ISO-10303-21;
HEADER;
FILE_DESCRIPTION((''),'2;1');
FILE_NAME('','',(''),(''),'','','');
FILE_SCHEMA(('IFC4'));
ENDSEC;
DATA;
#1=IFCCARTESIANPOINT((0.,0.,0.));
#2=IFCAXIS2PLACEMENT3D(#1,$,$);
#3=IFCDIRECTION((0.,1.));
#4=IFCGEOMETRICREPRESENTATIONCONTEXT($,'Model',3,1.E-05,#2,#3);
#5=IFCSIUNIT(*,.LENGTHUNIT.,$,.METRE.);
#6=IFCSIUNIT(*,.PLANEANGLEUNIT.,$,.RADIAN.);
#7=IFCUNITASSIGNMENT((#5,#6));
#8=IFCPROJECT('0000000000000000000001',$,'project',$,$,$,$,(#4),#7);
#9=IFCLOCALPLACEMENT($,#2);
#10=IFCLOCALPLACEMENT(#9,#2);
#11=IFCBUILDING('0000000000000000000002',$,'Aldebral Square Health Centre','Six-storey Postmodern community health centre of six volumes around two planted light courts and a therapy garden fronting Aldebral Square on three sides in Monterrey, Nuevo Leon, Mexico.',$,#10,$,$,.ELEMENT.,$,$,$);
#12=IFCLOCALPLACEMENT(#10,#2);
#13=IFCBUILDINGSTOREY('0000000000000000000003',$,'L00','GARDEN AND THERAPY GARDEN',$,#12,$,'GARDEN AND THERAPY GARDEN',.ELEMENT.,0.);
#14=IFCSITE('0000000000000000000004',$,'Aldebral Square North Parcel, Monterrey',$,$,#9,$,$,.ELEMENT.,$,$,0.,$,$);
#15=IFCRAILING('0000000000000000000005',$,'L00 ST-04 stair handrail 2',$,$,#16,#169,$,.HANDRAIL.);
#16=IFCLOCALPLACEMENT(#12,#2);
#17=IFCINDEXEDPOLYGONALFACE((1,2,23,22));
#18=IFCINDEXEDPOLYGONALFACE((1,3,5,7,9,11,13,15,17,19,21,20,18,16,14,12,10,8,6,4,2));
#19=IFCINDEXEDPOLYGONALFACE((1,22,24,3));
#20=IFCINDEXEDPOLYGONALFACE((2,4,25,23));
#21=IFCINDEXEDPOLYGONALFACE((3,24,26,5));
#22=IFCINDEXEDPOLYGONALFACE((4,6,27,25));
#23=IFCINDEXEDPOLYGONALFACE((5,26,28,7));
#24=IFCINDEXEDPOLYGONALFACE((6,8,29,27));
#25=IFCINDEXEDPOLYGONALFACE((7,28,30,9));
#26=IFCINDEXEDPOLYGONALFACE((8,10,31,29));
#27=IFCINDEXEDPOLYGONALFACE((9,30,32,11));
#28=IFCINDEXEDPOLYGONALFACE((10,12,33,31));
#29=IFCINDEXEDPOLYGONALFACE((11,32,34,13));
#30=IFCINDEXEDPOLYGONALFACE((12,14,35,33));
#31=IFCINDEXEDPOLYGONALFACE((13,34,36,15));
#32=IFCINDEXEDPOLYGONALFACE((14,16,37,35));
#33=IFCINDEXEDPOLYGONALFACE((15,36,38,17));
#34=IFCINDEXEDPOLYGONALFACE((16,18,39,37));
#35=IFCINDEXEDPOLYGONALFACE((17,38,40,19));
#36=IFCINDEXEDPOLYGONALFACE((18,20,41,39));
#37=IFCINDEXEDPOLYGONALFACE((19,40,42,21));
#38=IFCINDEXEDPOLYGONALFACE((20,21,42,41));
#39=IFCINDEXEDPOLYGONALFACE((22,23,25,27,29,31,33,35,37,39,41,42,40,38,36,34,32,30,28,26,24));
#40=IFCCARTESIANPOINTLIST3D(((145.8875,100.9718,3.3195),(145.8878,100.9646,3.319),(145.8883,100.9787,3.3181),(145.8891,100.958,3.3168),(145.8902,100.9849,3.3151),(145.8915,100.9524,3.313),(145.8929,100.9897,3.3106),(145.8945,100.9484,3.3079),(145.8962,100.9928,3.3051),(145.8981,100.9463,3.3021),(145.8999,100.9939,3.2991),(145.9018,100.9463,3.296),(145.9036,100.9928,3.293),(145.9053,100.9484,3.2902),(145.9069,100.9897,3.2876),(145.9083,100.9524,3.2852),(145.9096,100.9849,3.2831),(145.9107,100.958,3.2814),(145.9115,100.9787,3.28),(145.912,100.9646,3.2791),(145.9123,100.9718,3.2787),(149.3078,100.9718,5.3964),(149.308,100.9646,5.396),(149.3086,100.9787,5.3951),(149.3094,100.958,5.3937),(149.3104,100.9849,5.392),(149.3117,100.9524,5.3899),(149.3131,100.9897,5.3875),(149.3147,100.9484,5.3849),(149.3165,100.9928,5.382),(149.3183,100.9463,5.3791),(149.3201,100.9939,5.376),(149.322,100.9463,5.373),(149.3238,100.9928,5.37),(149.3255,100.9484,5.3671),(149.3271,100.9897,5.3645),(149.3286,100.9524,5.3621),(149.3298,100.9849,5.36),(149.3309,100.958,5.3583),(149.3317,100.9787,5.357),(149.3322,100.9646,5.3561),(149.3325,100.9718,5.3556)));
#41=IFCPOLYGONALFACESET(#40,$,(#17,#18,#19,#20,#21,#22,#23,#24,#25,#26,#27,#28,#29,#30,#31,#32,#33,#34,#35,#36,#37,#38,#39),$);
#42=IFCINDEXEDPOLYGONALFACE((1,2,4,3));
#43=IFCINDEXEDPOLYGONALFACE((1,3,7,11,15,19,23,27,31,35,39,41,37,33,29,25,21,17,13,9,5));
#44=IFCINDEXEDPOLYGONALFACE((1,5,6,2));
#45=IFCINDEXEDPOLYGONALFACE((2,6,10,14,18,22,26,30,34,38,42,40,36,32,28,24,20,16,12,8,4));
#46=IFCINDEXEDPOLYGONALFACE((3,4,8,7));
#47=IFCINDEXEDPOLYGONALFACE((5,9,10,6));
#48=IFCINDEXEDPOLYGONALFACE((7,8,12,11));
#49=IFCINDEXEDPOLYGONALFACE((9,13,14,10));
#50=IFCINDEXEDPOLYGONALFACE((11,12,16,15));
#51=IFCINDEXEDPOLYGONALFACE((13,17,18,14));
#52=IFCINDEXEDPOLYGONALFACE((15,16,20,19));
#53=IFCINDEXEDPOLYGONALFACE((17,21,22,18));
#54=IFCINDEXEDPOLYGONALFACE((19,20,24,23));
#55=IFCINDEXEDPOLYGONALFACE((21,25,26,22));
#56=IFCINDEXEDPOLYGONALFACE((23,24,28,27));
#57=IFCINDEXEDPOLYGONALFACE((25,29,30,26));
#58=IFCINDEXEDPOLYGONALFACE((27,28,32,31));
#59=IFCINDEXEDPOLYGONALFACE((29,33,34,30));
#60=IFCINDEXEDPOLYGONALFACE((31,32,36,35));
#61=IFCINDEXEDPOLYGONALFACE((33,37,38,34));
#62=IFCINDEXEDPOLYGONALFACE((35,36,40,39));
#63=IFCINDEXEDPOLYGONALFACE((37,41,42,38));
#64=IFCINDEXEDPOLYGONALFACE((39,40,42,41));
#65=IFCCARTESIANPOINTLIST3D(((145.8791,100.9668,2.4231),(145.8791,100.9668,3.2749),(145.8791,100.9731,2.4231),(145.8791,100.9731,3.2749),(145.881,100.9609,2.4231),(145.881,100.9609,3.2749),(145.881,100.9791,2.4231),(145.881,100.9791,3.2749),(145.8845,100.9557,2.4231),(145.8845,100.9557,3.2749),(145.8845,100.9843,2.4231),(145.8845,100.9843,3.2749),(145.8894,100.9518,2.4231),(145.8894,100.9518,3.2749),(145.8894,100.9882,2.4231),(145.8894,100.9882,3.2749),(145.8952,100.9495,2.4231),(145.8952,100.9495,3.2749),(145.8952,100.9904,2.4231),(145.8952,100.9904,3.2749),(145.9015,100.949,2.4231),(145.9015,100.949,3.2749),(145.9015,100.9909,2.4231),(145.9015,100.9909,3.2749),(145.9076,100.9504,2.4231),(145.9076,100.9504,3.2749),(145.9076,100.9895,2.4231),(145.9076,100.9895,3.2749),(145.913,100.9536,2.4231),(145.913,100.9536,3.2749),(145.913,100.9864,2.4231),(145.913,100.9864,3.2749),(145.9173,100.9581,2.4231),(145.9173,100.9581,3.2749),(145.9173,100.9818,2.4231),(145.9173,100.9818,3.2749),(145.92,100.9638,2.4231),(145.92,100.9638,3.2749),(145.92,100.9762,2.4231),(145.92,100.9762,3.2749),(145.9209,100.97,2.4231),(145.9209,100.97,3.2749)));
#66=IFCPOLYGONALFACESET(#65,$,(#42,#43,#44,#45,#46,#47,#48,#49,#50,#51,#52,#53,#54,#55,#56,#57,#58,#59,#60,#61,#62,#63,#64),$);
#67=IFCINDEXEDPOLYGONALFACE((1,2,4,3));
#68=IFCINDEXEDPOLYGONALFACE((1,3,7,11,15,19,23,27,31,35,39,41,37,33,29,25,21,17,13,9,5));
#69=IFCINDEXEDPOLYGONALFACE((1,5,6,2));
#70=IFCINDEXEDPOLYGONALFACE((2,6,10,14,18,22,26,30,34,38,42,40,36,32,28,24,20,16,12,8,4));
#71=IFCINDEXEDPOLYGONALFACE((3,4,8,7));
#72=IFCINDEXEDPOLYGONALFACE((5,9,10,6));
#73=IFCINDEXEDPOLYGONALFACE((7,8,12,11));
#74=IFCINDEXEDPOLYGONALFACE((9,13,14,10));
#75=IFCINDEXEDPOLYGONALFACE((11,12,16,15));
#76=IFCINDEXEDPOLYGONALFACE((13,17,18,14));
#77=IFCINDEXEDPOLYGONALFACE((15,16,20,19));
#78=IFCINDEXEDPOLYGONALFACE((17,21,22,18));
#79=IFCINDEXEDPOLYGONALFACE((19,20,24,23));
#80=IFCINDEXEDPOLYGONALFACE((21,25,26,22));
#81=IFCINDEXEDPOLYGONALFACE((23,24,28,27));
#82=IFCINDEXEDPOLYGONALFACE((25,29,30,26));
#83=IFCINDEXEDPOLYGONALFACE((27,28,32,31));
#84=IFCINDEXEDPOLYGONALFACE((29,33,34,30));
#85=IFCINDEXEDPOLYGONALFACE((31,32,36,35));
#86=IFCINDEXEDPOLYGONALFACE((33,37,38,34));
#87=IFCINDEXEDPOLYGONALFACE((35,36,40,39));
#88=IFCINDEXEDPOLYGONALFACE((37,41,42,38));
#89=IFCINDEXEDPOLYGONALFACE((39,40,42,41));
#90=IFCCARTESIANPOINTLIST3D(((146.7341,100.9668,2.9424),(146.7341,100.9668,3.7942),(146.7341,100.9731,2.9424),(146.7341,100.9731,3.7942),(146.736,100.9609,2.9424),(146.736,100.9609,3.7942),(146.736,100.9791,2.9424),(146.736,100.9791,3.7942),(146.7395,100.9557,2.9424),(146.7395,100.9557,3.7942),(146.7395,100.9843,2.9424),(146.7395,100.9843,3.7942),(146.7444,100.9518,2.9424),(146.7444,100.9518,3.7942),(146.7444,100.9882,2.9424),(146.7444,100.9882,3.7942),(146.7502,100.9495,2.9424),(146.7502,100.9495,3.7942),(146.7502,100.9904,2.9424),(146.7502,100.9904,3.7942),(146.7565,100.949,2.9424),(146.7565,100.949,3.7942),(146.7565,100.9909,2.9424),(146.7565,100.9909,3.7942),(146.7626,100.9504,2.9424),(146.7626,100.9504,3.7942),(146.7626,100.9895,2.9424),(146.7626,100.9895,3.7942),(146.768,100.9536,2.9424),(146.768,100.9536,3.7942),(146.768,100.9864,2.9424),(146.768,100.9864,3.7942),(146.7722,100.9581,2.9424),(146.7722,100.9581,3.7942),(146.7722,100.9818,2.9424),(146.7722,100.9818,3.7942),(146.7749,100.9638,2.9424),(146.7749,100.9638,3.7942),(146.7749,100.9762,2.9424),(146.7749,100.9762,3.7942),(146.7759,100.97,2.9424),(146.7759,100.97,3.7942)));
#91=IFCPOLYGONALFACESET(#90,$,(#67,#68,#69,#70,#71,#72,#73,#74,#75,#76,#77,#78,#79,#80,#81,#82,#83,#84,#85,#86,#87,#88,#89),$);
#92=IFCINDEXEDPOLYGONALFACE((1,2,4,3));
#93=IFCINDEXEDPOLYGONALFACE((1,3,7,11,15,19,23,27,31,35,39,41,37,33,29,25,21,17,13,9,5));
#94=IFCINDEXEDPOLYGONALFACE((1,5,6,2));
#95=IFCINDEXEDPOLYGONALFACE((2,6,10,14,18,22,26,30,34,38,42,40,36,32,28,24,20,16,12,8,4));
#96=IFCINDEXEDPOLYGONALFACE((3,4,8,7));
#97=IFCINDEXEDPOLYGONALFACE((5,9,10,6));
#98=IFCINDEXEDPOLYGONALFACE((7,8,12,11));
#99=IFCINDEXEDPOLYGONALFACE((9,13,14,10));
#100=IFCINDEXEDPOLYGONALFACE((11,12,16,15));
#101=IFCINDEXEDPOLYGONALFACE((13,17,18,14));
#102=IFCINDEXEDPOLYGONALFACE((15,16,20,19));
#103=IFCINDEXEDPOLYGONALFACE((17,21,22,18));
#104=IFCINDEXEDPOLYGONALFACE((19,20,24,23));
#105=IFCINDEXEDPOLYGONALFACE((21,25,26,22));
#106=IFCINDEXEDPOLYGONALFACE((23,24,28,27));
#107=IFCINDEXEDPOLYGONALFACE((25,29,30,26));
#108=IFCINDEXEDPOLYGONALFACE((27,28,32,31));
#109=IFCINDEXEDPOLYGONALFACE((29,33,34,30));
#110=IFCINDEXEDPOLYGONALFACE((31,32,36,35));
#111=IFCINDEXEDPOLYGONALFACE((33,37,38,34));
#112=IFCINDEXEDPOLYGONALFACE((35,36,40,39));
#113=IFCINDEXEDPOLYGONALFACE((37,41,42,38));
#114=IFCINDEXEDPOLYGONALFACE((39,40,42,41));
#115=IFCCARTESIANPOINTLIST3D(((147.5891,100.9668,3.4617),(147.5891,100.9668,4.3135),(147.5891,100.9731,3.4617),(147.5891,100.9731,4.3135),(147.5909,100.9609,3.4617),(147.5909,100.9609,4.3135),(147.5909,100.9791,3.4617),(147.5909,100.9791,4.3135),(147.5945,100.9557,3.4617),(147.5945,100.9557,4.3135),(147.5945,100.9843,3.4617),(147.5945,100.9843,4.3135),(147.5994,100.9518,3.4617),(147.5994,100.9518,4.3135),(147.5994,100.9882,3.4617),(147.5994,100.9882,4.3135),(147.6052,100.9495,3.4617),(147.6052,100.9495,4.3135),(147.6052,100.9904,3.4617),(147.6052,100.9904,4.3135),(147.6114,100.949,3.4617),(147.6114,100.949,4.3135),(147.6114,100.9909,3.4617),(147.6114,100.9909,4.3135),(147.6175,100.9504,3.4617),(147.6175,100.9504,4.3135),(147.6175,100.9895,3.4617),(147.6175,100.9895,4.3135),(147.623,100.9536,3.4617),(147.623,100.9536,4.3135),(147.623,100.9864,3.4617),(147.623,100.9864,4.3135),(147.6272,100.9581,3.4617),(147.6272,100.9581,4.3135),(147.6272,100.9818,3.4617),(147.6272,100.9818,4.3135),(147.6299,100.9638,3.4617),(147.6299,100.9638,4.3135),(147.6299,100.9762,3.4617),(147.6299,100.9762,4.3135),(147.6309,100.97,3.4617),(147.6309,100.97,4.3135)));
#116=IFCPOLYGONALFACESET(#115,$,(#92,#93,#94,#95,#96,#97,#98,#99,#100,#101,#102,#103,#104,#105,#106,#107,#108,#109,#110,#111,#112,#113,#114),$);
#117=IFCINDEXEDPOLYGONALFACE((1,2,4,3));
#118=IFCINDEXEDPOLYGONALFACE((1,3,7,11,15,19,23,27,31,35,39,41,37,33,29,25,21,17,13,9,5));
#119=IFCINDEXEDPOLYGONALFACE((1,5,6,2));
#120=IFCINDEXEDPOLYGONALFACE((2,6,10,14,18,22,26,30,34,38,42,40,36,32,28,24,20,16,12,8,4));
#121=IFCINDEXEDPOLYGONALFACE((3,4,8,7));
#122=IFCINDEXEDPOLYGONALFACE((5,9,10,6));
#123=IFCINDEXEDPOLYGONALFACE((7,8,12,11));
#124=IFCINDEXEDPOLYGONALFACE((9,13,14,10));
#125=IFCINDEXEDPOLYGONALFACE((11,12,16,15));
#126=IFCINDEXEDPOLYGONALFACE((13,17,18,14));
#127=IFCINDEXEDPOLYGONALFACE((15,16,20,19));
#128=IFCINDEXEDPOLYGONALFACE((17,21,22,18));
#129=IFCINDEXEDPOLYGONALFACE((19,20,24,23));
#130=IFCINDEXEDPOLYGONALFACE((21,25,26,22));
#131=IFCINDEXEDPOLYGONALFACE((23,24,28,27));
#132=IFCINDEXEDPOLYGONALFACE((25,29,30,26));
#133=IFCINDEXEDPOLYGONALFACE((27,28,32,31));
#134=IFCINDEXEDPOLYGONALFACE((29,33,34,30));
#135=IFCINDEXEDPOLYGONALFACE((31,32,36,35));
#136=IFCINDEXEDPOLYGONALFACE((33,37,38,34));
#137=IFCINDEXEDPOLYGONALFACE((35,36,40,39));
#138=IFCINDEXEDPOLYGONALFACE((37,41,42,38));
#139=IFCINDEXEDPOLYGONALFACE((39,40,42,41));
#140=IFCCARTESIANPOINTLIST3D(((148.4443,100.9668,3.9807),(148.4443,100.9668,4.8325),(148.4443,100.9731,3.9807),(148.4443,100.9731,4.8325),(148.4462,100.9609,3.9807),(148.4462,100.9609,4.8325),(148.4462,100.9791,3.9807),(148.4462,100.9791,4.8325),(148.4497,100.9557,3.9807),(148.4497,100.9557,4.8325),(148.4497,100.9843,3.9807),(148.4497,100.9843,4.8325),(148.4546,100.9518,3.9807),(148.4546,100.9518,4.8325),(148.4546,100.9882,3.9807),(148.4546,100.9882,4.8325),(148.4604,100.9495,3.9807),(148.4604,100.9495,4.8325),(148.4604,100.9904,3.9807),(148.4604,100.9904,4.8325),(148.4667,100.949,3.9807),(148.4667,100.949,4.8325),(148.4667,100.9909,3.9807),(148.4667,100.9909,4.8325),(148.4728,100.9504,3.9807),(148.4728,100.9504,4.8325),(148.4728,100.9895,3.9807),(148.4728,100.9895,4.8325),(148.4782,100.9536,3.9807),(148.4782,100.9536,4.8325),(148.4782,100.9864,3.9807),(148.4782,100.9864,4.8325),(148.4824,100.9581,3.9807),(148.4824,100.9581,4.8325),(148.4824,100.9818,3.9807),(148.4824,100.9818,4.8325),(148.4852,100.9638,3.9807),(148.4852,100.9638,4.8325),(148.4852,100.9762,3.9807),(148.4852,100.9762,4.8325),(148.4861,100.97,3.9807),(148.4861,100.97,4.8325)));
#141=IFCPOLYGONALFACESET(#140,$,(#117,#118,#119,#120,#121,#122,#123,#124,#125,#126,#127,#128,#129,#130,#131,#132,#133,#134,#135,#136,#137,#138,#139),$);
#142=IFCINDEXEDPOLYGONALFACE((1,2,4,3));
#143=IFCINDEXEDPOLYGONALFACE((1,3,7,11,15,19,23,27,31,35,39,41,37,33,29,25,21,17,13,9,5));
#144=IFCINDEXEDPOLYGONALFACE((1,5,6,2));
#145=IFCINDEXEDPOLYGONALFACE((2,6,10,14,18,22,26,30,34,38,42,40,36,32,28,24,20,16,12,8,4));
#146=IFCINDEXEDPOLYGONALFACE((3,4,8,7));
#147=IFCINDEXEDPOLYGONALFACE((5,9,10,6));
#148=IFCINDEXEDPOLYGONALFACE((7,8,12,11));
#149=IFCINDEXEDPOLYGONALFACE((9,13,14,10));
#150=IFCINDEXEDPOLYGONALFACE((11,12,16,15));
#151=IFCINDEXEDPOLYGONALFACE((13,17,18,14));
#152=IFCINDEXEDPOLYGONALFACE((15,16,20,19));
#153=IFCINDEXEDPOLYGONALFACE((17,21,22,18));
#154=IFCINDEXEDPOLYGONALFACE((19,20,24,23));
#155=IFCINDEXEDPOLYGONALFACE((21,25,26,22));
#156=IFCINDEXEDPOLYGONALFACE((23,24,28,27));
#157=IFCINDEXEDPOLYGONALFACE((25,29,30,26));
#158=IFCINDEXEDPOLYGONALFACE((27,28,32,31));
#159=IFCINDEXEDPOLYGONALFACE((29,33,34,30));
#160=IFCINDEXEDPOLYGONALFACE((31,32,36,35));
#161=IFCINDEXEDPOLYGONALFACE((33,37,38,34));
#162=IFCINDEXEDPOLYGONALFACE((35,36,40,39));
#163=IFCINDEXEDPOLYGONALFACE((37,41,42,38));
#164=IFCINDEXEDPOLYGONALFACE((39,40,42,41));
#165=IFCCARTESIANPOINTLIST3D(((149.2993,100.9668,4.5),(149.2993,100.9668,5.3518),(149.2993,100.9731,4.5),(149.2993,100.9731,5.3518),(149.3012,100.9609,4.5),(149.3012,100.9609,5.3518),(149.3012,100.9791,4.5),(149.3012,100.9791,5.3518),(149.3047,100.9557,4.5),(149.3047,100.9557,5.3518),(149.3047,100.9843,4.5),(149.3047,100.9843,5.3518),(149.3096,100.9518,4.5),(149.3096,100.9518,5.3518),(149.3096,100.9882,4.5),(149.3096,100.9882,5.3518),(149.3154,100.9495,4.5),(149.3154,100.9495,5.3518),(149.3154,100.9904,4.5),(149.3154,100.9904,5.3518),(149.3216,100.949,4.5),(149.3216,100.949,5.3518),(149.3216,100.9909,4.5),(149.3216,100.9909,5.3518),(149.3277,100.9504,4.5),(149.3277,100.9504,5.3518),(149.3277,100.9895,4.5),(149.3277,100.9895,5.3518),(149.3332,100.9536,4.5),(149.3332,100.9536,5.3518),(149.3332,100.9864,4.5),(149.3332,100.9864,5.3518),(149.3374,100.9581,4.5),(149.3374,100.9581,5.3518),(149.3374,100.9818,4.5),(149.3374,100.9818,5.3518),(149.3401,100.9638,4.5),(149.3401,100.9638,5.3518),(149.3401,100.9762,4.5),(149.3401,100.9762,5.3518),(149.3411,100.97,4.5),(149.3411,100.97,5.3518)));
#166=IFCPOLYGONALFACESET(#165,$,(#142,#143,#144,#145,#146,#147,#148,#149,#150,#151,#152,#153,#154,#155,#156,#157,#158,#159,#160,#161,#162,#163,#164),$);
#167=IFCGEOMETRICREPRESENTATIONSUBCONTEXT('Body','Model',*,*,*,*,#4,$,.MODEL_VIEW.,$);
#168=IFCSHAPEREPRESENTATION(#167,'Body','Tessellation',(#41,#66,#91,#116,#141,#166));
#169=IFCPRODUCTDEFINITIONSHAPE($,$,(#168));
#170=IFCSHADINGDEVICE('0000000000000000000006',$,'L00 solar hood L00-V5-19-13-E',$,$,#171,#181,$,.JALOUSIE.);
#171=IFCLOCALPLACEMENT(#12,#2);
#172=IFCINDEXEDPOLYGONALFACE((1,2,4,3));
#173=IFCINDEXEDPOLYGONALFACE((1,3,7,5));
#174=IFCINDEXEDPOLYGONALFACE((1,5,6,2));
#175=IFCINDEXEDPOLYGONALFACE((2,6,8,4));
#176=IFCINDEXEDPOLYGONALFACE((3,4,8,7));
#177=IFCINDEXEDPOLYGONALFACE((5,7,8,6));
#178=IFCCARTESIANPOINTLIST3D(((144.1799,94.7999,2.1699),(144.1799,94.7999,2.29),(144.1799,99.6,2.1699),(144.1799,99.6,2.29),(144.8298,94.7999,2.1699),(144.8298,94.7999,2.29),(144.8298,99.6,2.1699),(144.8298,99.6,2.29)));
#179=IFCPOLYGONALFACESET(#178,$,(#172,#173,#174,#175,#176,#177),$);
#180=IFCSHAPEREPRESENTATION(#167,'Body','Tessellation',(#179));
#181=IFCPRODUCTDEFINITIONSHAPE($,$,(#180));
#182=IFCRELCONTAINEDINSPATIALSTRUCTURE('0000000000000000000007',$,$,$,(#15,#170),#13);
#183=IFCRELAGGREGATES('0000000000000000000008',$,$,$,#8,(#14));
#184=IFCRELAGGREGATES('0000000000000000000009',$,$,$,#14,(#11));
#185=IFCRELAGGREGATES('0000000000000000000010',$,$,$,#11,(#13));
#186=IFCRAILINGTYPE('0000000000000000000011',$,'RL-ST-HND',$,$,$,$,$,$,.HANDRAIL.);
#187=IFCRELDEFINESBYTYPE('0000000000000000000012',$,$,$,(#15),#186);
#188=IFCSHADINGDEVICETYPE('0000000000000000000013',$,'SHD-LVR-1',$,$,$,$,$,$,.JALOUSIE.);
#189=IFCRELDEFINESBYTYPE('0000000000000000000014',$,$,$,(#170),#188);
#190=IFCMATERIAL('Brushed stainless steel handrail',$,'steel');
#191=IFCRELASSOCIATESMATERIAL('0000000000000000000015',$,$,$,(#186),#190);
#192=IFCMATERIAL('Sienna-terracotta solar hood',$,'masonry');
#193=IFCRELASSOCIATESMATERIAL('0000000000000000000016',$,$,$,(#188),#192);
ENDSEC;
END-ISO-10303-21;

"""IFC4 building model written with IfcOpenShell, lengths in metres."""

from ifc_helpers import new_model, si_unit, direction, frame, origin, origin_2d, place, context, subcontext, project, spatial, rectangle, circle, extrude, material, type_object, element, save


model = new_model("IFC4")

# Units and contexts
model_context = context("Model", 3, precision=1e-05, world=origin(), true_north=direction((0.0, 1.0)))
body_context = subcontext(model_context, "Body", "Model", "MODEL_VIEW")
ifc_project = project(units=[si_unit("LENGTHUNIT", "METRE"), si_unit("PLANEANGLEUNIT", "RADIAN")], contexts=[model_context])

# Site, building, storey
site_placement = place(None, origin())
site = spatial("IfcSite", under=ifc_project, at=site_placement, Name="Aldebral Square North Parcel, Monterrey", CompositionType="ELEMENT", RefElevation=0.0)
building_placement = place(site_placement, origin())
building = spatial("IfcBuilding", under=site, at=building_placement, Name="Aldebral Square Health Centre", Description="Six-storey Postmodern community health centre of six volumes around two planted light courts and a therapy garden fronting Aldebral Square on three sides in Monterrey, Nuevo Leon, Mexico.", CompositionType="ELEMENT")
storey_placement = place(building_placement, origin())
storey = spatial("IfcBuildingStorey", under=building, at=storey_placement, Name="L00", Description="GARDEN AND THERAPY GARDEN", LongName="GARDEN AND THERAPY GARDEN", CompositionType="ELEMENT", Elevation=0.0)

# Railing
ifc_material_1 = material(Name="Brushed stainless steel handrail", Category="steel")
railing_type_1 = type_object("IfcRailingType", Name="RL-ST-HND", PredefinedType="HANDRAIL", material=ifc_material_1)
railing_1_placement = place(storey_placement, frame((145.8999, 100.97, 2.4231)))
element("IfcRailing", 1, at=railing_1_placement, inside=storey, type_object=railing_type_1, Name="L00 ST-04 stair handrail 2", PredefinedType="HANDRAIL", context=body_context, shape_type="SweptSolid", body=[
    extrude(circle(Radius=0.0239, at=origin_2d()), frame((0.0, 0.0, 0.876), z_axis=(0.854746, 0.0, 0.519047), x_axis=(0.0, 1.0, 0.0)), (0.0, 0.0, 1.0), 4.0015),
    extrude(circle(Radius=0.021, at=origin_2d()), origin(), (0.0, 0.0, 1.0), 0.8518),
    extrude(circle(Radius=0.021, at=origin_2d()), frame((0.855, 0.0, 0.5193)), (0.0, 0.0, 1.0), 0.8518),
    extrude(circle(Radius=0.021, at=origin_2d()), frame((1.71, 0.0, 1.0386)), (0.0, 0.0, 1.0), 0.8518),
    extrude(circle(Radius=0.021, at=origin_2d()), frame((2.5652, 0.0, 1.5576)), (0.0, 0.0, 1.0), 0.8518),
    extrude(circle(Radius=0.021, at=origin_2d()), frame((3.4202, 0.0, 2.0769)), (0.0, 0.0, 1.0), 0.8518),
])

# Shading device
ifc_material_2 = material(Name="Sienna-terracotta solar hood", Category="masonry")
shading_device_type = type_object("IfcShadingDeviceType", Name="SHD-LVR-1", PredefinedType="JALOUSIE", material=ifc_material_2)
shading_device_placement = place(storey_placement, frame((144.5049, 97.2, 2.1699), z_axis=(0.0, 0.0, 1.0), x_axis=(0.0, 1.0, 0.0)))
element("IfcShadingDevice", 2, at=shading_device_placement, inside=storey, type_object=shading_device_type, Name="L00 solar hood L00-V5-19-13-E", PredefinedType="JALOUSIE", context=body_context, shape_type="SweptSolid", body=[
    extrude(rectangle(XDim=4.8, YDim=0.6499, at=origin_2d()), origin(), (0.0, 0.0, 1.0), 0.1201),
])

save(model, "model.ifc")
